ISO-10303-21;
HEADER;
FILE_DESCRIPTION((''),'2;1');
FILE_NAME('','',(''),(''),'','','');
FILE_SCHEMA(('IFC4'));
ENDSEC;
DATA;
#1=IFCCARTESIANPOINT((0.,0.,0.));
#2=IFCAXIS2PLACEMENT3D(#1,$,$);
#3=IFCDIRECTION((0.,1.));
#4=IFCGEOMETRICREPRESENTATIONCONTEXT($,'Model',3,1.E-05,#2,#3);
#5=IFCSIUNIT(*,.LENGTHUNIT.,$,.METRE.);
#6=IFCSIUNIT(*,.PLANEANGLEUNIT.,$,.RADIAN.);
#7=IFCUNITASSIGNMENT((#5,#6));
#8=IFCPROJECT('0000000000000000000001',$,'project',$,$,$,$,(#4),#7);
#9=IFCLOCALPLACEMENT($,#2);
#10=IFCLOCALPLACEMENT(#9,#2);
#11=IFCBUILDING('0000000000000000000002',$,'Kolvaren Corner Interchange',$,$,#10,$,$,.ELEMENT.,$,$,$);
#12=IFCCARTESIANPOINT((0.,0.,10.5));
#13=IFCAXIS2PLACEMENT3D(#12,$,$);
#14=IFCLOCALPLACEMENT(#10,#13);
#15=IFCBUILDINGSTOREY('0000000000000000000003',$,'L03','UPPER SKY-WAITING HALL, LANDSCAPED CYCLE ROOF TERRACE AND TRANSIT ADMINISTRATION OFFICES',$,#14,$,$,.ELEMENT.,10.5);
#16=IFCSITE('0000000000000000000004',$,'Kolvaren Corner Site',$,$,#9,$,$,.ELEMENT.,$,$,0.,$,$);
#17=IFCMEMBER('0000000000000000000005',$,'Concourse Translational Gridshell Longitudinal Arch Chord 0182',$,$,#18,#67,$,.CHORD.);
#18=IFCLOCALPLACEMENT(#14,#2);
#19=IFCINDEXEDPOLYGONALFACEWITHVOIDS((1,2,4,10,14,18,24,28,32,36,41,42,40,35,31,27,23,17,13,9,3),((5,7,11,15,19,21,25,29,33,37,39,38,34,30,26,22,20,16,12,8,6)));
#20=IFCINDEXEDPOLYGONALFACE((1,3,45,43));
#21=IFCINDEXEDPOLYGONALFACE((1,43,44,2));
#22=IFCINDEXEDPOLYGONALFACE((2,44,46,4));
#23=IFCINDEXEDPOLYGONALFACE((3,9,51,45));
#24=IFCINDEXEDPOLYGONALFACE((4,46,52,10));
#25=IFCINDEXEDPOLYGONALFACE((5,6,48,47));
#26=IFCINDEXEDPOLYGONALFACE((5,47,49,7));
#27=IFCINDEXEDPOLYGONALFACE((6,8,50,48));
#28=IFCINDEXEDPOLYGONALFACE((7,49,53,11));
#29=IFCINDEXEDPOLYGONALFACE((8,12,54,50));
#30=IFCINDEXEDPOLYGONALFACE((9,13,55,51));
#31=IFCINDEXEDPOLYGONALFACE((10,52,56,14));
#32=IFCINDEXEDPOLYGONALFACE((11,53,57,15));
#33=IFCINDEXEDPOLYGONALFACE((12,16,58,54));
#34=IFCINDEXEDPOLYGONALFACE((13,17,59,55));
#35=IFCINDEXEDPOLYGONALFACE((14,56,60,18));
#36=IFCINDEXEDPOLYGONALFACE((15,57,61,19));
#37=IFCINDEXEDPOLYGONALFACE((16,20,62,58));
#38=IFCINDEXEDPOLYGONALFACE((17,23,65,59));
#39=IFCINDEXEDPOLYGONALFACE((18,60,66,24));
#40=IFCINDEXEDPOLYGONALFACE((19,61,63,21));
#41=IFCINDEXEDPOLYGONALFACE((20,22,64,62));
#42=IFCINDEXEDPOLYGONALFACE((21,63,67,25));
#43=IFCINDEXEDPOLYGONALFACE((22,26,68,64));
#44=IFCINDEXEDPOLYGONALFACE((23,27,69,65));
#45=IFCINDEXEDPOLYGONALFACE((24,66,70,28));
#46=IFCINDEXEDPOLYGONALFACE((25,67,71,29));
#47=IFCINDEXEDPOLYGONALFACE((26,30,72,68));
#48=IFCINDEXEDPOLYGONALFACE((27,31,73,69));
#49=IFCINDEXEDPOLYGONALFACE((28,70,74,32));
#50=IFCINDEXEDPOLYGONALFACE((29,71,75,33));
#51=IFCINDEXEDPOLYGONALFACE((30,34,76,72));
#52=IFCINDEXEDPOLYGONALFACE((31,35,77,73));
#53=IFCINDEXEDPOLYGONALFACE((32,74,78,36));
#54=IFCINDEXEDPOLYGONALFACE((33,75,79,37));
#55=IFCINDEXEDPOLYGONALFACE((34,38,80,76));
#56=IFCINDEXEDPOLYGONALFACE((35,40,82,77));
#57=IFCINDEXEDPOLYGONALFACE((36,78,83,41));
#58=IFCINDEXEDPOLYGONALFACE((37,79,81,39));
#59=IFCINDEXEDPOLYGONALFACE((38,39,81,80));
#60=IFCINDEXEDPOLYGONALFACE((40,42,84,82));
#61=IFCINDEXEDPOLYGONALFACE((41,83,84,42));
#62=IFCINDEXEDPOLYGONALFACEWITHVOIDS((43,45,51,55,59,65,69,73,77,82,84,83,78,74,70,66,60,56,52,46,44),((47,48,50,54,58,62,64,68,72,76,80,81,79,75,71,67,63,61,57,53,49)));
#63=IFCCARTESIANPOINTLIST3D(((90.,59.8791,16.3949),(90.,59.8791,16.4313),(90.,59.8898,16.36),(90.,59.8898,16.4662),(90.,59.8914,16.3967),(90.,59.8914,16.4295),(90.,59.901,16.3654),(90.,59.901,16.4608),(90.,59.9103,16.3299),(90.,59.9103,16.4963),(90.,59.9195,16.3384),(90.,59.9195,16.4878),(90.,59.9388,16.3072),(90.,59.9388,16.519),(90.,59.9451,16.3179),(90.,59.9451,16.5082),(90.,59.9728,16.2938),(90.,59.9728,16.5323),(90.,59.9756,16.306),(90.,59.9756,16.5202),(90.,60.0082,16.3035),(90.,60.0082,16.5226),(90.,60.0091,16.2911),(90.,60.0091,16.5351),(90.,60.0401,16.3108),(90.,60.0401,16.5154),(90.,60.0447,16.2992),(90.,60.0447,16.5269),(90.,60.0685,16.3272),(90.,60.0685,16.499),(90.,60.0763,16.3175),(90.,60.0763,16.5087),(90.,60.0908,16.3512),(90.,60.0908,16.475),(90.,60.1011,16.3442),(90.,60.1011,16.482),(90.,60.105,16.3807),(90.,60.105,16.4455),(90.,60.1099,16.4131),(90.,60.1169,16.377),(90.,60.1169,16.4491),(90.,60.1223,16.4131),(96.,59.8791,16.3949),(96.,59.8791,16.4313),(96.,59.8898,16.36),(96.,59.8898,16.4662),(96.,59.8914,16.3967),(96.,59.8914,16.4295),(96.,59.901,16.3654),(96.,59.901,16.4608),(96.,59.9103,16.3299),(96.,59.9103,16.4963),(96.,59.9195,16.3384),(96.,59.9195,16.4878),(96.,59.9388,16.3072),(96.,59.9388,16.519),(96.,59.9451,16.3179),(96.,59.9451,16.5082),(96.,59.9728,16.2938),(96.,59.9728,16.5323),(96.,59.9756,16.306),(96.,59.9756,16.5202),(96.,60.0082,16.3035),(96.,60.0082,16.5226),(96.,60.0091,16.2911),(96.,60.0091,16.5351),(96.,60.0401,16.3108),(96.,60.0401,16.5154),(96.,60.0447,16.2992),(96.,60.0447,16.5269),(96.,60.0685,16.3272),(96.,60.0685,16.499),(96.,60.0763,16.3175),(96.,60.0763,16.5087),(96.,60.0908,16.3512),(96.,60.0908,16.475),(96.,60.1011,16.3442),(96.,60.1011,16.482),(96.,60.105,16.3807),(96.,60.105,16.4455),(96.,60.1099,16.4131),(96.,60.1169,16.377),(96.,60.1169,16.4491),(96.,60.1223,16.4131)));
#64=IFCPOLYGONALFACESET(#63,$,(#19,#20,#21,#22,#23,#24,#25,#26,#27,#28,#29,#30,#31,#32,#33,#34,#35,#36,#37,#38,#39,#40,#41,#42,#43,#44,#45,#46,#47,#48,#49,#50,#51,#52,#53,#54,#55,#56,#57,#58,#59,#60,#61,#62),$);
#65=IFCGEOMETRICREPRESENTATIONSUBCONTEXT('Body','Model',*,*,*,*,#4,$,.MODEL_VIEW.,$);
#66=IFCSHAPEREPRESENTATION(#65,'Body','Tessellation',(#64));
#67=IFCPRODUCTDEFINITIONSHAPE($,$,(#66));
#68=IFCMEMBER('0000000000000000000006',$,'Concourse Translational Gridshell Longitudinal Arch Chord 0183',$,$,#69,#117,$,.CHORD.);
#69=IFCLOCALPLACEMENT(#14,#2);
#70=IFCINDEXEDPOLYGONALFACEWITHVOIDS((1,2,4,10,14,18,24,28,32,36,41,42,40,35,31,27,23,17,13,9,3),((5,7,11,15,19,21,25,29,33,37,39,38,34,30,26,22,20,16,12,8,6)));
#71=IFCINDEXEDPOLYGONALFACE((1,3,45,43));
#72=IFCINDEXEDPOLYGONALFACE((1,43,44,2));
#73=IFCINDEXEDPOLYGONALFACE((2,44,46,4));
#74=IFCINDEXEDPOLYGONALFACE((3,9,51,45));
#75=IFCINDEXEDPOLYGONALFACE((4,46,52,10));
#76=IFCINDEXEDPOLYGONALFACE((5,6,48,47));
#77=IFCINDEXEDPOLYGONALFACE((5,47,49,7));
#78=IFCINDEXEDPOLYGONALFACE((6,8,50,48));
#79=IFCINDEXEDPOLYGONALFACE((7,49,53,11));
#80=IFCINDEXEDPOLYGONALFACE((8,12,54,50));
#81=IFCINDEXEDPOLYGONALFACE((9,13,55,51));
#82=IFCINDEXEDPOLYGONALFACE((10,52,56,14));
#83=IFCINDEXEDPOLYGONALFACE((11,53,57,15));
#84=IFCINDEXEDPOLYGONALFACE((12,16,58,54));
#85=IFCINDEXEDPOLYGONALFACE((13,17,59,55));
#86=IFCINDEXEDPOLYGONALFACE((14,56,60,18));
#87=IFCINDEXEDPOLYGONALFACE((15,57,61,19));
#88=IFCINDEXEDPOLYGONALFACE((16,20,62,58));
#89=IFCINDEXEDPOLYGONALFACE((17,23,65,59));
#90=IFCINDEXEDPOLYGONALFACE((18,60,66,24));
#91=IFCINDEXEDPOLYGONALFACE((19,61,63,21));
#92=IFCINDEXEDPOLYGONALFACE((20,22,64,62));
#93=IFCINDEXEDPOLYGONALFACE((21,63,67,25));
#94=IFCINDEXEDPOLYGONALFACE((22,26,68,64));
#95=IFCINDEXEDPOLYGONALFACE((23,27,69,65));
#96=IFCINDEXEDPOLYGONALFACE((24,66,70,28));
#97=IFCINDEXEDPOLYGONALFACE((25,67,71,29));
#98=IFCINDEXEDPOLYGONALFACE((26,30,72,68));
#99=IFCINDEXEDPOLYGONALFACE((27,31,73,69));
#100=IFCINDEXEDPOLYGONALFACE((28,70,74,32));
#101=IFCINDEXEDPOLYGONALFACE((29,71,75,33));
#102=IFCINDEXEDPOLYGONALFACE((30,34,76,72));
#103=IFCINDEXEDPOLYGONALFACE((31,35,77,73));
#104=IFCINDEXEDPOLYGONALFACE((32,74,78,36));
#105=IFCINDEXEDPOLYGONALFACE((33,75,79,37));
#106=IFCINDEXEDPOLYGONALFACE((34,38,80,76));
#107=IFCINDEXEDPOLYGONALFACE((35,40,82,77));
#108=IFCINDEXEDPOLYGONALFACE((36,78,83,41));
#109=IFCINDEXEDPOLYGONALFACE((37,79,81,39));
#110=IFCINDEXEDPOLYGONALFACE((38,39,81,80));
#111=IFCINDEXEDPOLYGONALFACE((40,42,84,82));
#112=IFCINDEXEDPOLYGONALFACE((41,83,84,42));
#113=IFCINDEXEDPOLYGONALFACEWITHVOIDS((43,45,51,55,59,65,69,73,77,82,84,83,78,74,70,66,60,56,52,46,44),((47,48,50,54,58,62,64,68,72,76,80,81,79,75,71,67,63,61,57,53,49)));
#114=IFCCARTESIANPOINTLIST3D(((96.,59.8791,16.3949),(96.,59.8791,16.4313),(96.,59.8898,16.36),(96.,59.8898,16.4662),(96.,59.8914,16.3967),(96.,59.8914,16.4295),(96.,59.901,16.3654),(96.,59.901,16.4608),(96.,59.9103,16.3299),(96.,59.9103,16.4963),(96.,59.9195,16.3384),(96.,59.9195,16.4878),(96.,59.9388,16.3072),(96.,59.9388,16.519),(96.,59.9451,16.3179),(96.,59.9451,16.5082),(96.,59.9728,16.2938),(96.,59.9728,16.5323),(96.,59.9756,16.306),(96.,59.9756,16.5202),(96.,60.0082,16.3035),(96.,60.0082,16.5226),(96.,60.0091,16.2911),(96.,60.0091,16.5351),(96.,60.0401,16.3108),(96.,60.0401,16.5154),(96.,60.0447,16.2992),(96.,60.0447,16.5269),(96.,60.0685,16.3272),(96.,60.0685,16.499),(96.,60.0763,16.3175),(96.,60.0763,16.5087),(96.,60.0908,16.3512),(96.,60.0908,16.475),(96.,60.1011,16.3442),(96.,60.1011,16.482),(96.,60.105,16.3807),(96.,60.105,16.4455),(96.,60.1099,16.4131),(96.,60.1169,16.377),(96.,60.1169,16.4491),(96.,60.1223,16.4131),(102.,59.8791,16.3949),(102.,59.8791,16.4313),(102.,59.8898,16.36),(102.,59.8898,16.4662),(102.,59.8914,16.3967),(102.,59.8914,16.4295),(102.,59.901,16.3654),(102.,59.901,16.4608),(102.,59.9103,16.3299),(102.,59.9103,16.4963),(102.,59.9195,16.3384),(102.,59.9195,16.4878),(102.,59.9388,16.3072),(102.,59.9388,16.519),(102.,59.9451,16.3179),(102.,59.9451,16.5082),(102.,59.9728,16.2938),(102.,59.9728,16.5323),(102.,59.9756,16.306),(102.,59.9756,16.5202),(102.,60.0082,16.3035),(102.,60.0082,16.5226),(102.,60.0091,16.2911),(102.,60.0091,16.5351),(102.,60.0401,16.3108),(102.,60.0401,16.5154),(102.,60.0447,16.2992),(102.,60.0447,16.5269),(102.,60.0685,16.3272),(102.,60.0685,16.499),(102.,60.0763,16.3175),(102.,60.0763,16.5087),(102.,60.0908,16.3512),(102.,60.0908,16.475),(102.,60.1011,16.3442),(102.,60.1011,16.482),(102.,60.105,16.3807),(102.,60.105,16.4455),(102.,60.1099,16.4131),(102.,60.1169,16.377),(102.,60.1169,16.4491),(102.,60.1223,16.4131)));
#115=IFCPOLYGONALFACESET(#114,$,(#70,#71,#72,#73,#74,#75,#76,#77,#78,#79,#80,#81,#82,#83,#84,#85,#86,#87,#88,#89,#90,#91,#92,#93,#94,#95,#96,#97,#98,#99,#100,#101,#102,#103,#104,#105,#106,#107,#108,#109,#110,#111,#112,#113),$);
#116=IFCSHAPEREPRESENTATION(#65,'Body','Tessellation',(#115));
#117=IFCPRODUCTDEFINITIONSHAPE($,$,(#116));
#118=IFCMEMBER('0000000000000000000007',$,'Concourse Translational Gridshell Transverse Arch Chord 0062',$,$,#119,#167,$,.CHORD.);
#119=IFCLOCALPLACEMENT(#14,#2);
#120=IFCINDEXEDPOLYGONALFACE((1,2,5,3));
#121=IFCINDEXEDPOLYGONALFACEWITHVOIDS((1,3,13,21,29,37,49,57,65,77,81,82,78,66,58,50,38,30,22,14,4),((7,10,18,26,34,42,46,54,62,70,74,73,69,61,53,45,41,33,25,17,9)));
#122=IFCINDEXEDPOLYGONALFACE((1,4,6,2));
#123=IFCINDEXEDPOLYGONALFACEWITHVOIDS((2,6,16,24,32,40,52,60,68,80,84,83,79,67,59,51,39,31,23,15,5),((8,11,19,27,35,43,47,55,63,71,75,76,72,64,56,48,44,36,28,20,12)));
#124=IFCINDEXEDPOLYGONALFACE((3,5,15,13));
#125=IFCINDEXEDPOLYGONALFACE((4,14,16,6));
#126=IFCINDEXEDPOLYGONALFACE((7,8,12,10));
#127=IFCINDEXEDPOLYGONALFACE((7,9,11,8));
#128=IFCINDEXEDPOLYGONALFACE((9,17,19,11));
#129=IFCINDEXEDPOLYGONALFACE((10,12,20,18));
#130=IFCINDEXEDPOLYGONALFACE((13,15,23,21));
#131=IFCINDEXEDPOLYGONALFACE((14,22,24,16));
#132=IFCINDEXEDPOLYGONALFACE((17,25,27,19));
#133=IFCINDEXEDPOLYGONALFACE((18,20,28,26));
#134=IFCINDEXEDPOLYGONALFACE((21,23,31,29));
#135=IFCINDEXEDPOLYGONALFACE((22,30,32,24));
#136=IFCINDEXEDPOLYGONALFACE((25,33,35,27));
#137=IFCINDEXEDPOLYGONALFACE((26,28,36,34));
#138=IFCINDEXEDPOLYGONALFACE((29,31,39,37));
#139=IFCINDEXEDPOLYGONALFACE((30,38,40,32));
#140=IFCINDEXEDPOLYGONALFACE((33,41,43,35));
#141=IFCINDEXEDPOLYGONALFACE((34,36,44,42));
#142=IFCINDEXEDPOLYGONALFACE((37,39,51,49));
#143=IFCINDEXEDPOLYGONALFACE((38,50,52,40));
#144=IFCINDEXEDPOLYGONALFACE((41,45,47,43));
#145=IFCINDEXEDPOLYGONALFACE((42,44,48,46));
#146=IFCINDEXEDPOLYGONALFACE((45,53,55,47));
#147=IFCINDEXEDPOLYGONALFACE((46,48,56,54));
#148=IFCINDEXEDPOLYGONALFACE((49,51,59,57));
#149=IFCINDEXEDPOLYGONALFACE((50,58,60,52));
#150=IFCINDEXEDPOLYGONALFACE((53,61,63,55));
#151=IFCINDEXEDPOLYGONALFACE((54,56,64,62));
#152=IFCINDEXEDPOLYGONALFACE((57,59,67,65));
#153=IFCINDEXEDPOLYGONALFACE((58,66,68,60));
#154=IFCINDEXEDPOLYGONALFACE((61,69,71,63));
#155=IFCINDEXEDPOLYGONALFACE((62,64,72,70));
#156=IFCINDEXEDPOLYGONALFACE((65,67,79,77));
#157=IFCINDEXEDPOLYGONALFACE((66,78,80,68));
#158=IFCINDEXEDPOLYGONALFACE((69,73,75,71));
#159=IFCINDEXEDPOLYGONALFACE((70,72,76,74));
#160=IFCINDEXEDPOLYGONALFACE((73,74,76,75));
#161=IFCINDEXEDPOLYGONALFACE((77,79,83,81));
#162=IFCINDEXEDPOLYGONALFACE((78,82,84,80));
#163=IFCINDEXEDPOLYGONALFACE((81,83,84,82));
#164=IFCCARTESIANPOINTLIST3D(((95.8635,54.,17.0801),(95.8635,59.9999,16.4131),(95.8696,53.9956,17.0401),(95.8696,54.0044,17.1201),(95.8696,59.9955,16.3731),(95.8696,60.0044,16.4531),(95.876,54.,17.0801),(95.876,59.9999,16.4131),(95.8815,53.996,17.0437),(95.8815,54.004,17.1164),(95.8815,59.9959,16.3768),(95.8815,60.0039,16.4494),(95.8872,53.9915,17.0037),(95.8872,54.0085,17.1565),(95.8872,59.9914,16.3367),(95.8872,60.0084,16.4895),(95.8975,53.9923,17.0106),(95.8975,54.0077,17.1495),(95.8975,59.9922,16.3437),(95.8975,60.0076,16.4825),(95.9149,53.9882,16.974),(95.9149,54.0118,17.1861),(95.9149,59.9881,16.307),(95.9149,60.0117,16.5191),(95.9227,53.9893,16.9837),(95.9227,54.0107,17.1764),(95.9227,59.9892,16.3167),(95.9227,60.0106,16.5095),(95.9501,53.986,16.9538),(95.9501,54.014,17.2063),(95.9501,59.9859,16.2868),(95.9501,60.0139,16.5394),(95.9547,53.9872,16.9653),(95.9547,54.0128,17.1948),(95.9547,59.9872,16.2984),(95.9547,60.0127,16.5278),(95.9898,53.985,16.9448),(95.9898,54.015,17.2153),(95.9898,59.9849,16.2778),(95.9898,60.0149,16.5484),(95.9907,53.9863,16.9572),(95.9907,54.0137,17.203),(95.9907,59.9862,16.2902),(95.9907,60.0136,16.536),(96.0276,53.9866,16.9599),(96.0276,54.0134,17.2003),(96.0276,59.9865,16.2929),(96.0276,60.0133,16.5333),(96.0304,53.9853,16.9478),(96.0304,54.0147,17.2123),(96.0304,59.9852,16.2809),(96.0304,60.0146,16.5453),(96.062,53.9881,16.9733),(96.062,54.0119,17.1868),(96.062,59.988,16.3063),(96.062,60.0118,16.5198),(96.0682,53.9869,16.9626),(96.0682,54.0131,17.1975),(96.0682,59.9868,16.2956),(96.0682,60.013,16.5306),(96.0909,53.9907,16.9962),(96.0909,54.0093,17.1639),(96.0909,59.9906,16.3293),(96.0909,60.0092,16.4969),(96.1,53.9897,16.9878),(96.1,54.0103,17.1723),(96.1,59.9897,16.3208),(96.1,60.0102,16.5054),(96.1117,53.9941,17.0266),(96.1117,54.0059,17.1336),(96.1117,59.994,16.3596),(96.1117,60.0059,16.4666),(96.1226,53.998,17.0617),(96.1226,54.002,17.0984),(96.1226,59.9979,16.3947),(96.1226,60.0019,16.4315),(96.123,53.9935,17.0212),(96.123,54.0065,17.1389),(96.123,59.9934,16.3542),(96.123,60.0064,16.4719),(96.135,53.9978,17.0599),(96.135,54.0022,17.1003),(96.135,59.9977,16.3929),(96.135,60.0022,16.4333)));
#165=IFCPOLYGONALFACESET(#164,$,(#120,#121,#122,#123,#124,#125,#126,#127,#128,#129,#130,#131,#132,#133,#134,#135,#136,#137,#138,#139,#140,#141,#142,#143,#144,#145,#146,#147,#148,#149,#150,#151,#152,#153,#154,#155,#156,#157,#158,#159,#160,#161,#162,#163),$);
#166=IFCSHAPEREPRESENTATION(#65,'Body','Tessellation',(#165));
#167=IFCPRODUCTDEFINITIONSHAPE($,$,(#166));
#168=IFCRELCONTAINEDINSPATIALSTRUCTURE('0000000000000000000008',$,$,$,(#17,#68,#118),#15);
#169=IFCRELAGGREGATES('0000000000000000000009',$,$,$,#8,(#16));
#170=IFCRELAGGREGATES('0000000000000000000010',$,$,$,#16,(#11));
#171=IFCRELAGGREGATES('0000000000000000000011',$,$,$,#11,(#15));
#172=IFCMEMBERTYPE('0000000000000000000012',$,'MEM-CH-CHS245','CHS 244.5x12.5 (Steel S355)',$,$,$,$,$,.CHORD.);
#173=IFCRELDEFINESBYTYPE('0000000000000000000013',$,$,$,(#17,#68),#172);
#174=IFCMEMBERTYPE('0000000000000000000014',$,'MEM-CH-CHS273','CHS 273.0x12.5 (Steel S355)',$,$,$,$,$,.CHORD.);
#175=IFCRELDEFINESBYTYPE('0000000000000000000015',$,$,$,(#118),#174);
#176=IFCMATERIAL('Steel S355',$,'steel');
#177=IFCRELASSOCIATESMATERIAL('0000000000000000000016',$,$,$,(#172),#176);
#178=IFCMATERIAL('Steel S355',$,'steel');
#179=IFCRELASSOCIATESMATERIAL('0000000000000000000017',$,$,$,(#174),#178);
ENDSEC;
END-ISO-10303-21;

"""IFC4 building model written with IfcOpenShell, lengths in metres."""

from ifc_helpers import new_model, si_unit, direction, frame, origin, origin_2d, place, context, subcontext, project, spatial, hollow_circle, extrude, material, material_profile, profile_set, type_object, element, save


model = new_model("IFC4")

# Units and contexts
model_context = context("Model", 3, precision=1e-05, world=origin(), true_north=direction((0.0, 1.0)))
body_context = subcontext(model_context, "Body", "Model", "MODEL_VIEW")
ifc_project = project(units=[si_unit("LENGTHUNIT", "METRE"), si_unit("PLANEANGLEUNIT", "RADIAN")], contexts=[model_context])

# Site, building, storey
site_placement = place(None, origin())
site = spatial("IfcSite", under=ifc_project, at=site_placement, Name="Kolvaren Corner Site", CompositionType="ELEMENT", RefElevation=0.0)
building_placement = place(site_placement, origin())
building = spatial("IfcBuilding", under=site, at=building_placement, Name="Kolvaren Corner Interchange", CompositionType="ELEMENT")
storey_placement = place(building_placement, frame((0.0, 0.0, 10.5)))
storey = spatial("IfcBuildingStorey", under=building, at=storey_placement, Name="L03", Description="UPPER SKY-WAITING HALL, LANDSCAPED CYCLE ROOF TERRACE AND TRANSIT ADMINISTRATION OFFICES", CompositionType="ELEMENT", Elevation=10.5)

# Members
ifc_material_1 = material(Name="Steel S355", Category="steel")
ifc_material_profile_1 = material_profile(ifc_material_1, hollow_circle(Radius=0.1223, WallThickness=0.0125, at=origin_2d()), Name="CHS 244.5x12.5")
ifc_profile_set_1 = profile_set([ifc_material_profile_1], Name="Steel S355")
member_type_1 = type_object("IfcMemberType", Name="MEM-CH-CHS245", Description="CHS 244.5x12.5 (Steel S355)", PredefinedType="CHORD", material=ifc_profile_set_1)
for number, where, z_axis, x_axis, name in (
    (1, (90.0, 60.0, 16.4131), (1.0, 0.0, 0.0), (0.0, 1.0, 0.0), "Concourse Translational Gridshell Longitudinal Arch Chord 0182"),
    (2, (96.0, 60.0, 16.4131), (1.0, 0.0, 0.0), (0.0, 1.0, 0.0), "Concourse Translational Gridshell Longitudinal Arch Chord 0183"),
):
    element("IfcMember", number, at=place(storey_placement, frame(where, z_axis=z_axis, x_axis=x_axis)), inside=storey, type_object=member_type_1, Name=name, PredefinedType="CHORD", context=body_context, shape_type="SweptSolid", body=[
        extrude(hollow_circle(Radius=0.1223, WallThickness=0.0125, at=origin_2d()), origin(), (0.0, 0.0, 1.0), 6.0),
    ])
ifc_material_2 = material(Name="Steel S355", Category="steel")
ifc_material_profile_2 = material_profile(ifc_material_2, hollow_circle(Radius=0.1365, WallThickness=0.0125, at=origin_2d()), Name="CHS 273.0x12.5")
ifc_profile_set_2 = profile_set([ifc_material_profile_2], Name="Steel S355")
member_type_2 = type_object("IfcMemberType", Name="MEM-CH-CHS273", Description="CHS 273.0x12.5 (Steel S355)", PredefinedType="CHORD", material=ifc_profile_set_2)
member_1_placement = place(storey_placement, frame((96.0, 54.0, 17.0801), z_axis=(0.0, 0.993878, -0.110485), x_axis=(-1.0, 0.0, 0.0)))
element("IfcMember", 3, at=member_1_placement, inside=storey, type_object=member_type_2, Name="Concourse Translational Gridshell Transverse Arch Chord 0062", PredefinedType="CHORD", context=body_context, shape_type="SweptSolid", body=[
    extrude(hollow_circle(Radius=0.1365, WallThickness=0.0125, at=origin_2d()), origin(), (0.0, 0.0, 1.0), 6.0369),
])

save(model, "model.ifc")
